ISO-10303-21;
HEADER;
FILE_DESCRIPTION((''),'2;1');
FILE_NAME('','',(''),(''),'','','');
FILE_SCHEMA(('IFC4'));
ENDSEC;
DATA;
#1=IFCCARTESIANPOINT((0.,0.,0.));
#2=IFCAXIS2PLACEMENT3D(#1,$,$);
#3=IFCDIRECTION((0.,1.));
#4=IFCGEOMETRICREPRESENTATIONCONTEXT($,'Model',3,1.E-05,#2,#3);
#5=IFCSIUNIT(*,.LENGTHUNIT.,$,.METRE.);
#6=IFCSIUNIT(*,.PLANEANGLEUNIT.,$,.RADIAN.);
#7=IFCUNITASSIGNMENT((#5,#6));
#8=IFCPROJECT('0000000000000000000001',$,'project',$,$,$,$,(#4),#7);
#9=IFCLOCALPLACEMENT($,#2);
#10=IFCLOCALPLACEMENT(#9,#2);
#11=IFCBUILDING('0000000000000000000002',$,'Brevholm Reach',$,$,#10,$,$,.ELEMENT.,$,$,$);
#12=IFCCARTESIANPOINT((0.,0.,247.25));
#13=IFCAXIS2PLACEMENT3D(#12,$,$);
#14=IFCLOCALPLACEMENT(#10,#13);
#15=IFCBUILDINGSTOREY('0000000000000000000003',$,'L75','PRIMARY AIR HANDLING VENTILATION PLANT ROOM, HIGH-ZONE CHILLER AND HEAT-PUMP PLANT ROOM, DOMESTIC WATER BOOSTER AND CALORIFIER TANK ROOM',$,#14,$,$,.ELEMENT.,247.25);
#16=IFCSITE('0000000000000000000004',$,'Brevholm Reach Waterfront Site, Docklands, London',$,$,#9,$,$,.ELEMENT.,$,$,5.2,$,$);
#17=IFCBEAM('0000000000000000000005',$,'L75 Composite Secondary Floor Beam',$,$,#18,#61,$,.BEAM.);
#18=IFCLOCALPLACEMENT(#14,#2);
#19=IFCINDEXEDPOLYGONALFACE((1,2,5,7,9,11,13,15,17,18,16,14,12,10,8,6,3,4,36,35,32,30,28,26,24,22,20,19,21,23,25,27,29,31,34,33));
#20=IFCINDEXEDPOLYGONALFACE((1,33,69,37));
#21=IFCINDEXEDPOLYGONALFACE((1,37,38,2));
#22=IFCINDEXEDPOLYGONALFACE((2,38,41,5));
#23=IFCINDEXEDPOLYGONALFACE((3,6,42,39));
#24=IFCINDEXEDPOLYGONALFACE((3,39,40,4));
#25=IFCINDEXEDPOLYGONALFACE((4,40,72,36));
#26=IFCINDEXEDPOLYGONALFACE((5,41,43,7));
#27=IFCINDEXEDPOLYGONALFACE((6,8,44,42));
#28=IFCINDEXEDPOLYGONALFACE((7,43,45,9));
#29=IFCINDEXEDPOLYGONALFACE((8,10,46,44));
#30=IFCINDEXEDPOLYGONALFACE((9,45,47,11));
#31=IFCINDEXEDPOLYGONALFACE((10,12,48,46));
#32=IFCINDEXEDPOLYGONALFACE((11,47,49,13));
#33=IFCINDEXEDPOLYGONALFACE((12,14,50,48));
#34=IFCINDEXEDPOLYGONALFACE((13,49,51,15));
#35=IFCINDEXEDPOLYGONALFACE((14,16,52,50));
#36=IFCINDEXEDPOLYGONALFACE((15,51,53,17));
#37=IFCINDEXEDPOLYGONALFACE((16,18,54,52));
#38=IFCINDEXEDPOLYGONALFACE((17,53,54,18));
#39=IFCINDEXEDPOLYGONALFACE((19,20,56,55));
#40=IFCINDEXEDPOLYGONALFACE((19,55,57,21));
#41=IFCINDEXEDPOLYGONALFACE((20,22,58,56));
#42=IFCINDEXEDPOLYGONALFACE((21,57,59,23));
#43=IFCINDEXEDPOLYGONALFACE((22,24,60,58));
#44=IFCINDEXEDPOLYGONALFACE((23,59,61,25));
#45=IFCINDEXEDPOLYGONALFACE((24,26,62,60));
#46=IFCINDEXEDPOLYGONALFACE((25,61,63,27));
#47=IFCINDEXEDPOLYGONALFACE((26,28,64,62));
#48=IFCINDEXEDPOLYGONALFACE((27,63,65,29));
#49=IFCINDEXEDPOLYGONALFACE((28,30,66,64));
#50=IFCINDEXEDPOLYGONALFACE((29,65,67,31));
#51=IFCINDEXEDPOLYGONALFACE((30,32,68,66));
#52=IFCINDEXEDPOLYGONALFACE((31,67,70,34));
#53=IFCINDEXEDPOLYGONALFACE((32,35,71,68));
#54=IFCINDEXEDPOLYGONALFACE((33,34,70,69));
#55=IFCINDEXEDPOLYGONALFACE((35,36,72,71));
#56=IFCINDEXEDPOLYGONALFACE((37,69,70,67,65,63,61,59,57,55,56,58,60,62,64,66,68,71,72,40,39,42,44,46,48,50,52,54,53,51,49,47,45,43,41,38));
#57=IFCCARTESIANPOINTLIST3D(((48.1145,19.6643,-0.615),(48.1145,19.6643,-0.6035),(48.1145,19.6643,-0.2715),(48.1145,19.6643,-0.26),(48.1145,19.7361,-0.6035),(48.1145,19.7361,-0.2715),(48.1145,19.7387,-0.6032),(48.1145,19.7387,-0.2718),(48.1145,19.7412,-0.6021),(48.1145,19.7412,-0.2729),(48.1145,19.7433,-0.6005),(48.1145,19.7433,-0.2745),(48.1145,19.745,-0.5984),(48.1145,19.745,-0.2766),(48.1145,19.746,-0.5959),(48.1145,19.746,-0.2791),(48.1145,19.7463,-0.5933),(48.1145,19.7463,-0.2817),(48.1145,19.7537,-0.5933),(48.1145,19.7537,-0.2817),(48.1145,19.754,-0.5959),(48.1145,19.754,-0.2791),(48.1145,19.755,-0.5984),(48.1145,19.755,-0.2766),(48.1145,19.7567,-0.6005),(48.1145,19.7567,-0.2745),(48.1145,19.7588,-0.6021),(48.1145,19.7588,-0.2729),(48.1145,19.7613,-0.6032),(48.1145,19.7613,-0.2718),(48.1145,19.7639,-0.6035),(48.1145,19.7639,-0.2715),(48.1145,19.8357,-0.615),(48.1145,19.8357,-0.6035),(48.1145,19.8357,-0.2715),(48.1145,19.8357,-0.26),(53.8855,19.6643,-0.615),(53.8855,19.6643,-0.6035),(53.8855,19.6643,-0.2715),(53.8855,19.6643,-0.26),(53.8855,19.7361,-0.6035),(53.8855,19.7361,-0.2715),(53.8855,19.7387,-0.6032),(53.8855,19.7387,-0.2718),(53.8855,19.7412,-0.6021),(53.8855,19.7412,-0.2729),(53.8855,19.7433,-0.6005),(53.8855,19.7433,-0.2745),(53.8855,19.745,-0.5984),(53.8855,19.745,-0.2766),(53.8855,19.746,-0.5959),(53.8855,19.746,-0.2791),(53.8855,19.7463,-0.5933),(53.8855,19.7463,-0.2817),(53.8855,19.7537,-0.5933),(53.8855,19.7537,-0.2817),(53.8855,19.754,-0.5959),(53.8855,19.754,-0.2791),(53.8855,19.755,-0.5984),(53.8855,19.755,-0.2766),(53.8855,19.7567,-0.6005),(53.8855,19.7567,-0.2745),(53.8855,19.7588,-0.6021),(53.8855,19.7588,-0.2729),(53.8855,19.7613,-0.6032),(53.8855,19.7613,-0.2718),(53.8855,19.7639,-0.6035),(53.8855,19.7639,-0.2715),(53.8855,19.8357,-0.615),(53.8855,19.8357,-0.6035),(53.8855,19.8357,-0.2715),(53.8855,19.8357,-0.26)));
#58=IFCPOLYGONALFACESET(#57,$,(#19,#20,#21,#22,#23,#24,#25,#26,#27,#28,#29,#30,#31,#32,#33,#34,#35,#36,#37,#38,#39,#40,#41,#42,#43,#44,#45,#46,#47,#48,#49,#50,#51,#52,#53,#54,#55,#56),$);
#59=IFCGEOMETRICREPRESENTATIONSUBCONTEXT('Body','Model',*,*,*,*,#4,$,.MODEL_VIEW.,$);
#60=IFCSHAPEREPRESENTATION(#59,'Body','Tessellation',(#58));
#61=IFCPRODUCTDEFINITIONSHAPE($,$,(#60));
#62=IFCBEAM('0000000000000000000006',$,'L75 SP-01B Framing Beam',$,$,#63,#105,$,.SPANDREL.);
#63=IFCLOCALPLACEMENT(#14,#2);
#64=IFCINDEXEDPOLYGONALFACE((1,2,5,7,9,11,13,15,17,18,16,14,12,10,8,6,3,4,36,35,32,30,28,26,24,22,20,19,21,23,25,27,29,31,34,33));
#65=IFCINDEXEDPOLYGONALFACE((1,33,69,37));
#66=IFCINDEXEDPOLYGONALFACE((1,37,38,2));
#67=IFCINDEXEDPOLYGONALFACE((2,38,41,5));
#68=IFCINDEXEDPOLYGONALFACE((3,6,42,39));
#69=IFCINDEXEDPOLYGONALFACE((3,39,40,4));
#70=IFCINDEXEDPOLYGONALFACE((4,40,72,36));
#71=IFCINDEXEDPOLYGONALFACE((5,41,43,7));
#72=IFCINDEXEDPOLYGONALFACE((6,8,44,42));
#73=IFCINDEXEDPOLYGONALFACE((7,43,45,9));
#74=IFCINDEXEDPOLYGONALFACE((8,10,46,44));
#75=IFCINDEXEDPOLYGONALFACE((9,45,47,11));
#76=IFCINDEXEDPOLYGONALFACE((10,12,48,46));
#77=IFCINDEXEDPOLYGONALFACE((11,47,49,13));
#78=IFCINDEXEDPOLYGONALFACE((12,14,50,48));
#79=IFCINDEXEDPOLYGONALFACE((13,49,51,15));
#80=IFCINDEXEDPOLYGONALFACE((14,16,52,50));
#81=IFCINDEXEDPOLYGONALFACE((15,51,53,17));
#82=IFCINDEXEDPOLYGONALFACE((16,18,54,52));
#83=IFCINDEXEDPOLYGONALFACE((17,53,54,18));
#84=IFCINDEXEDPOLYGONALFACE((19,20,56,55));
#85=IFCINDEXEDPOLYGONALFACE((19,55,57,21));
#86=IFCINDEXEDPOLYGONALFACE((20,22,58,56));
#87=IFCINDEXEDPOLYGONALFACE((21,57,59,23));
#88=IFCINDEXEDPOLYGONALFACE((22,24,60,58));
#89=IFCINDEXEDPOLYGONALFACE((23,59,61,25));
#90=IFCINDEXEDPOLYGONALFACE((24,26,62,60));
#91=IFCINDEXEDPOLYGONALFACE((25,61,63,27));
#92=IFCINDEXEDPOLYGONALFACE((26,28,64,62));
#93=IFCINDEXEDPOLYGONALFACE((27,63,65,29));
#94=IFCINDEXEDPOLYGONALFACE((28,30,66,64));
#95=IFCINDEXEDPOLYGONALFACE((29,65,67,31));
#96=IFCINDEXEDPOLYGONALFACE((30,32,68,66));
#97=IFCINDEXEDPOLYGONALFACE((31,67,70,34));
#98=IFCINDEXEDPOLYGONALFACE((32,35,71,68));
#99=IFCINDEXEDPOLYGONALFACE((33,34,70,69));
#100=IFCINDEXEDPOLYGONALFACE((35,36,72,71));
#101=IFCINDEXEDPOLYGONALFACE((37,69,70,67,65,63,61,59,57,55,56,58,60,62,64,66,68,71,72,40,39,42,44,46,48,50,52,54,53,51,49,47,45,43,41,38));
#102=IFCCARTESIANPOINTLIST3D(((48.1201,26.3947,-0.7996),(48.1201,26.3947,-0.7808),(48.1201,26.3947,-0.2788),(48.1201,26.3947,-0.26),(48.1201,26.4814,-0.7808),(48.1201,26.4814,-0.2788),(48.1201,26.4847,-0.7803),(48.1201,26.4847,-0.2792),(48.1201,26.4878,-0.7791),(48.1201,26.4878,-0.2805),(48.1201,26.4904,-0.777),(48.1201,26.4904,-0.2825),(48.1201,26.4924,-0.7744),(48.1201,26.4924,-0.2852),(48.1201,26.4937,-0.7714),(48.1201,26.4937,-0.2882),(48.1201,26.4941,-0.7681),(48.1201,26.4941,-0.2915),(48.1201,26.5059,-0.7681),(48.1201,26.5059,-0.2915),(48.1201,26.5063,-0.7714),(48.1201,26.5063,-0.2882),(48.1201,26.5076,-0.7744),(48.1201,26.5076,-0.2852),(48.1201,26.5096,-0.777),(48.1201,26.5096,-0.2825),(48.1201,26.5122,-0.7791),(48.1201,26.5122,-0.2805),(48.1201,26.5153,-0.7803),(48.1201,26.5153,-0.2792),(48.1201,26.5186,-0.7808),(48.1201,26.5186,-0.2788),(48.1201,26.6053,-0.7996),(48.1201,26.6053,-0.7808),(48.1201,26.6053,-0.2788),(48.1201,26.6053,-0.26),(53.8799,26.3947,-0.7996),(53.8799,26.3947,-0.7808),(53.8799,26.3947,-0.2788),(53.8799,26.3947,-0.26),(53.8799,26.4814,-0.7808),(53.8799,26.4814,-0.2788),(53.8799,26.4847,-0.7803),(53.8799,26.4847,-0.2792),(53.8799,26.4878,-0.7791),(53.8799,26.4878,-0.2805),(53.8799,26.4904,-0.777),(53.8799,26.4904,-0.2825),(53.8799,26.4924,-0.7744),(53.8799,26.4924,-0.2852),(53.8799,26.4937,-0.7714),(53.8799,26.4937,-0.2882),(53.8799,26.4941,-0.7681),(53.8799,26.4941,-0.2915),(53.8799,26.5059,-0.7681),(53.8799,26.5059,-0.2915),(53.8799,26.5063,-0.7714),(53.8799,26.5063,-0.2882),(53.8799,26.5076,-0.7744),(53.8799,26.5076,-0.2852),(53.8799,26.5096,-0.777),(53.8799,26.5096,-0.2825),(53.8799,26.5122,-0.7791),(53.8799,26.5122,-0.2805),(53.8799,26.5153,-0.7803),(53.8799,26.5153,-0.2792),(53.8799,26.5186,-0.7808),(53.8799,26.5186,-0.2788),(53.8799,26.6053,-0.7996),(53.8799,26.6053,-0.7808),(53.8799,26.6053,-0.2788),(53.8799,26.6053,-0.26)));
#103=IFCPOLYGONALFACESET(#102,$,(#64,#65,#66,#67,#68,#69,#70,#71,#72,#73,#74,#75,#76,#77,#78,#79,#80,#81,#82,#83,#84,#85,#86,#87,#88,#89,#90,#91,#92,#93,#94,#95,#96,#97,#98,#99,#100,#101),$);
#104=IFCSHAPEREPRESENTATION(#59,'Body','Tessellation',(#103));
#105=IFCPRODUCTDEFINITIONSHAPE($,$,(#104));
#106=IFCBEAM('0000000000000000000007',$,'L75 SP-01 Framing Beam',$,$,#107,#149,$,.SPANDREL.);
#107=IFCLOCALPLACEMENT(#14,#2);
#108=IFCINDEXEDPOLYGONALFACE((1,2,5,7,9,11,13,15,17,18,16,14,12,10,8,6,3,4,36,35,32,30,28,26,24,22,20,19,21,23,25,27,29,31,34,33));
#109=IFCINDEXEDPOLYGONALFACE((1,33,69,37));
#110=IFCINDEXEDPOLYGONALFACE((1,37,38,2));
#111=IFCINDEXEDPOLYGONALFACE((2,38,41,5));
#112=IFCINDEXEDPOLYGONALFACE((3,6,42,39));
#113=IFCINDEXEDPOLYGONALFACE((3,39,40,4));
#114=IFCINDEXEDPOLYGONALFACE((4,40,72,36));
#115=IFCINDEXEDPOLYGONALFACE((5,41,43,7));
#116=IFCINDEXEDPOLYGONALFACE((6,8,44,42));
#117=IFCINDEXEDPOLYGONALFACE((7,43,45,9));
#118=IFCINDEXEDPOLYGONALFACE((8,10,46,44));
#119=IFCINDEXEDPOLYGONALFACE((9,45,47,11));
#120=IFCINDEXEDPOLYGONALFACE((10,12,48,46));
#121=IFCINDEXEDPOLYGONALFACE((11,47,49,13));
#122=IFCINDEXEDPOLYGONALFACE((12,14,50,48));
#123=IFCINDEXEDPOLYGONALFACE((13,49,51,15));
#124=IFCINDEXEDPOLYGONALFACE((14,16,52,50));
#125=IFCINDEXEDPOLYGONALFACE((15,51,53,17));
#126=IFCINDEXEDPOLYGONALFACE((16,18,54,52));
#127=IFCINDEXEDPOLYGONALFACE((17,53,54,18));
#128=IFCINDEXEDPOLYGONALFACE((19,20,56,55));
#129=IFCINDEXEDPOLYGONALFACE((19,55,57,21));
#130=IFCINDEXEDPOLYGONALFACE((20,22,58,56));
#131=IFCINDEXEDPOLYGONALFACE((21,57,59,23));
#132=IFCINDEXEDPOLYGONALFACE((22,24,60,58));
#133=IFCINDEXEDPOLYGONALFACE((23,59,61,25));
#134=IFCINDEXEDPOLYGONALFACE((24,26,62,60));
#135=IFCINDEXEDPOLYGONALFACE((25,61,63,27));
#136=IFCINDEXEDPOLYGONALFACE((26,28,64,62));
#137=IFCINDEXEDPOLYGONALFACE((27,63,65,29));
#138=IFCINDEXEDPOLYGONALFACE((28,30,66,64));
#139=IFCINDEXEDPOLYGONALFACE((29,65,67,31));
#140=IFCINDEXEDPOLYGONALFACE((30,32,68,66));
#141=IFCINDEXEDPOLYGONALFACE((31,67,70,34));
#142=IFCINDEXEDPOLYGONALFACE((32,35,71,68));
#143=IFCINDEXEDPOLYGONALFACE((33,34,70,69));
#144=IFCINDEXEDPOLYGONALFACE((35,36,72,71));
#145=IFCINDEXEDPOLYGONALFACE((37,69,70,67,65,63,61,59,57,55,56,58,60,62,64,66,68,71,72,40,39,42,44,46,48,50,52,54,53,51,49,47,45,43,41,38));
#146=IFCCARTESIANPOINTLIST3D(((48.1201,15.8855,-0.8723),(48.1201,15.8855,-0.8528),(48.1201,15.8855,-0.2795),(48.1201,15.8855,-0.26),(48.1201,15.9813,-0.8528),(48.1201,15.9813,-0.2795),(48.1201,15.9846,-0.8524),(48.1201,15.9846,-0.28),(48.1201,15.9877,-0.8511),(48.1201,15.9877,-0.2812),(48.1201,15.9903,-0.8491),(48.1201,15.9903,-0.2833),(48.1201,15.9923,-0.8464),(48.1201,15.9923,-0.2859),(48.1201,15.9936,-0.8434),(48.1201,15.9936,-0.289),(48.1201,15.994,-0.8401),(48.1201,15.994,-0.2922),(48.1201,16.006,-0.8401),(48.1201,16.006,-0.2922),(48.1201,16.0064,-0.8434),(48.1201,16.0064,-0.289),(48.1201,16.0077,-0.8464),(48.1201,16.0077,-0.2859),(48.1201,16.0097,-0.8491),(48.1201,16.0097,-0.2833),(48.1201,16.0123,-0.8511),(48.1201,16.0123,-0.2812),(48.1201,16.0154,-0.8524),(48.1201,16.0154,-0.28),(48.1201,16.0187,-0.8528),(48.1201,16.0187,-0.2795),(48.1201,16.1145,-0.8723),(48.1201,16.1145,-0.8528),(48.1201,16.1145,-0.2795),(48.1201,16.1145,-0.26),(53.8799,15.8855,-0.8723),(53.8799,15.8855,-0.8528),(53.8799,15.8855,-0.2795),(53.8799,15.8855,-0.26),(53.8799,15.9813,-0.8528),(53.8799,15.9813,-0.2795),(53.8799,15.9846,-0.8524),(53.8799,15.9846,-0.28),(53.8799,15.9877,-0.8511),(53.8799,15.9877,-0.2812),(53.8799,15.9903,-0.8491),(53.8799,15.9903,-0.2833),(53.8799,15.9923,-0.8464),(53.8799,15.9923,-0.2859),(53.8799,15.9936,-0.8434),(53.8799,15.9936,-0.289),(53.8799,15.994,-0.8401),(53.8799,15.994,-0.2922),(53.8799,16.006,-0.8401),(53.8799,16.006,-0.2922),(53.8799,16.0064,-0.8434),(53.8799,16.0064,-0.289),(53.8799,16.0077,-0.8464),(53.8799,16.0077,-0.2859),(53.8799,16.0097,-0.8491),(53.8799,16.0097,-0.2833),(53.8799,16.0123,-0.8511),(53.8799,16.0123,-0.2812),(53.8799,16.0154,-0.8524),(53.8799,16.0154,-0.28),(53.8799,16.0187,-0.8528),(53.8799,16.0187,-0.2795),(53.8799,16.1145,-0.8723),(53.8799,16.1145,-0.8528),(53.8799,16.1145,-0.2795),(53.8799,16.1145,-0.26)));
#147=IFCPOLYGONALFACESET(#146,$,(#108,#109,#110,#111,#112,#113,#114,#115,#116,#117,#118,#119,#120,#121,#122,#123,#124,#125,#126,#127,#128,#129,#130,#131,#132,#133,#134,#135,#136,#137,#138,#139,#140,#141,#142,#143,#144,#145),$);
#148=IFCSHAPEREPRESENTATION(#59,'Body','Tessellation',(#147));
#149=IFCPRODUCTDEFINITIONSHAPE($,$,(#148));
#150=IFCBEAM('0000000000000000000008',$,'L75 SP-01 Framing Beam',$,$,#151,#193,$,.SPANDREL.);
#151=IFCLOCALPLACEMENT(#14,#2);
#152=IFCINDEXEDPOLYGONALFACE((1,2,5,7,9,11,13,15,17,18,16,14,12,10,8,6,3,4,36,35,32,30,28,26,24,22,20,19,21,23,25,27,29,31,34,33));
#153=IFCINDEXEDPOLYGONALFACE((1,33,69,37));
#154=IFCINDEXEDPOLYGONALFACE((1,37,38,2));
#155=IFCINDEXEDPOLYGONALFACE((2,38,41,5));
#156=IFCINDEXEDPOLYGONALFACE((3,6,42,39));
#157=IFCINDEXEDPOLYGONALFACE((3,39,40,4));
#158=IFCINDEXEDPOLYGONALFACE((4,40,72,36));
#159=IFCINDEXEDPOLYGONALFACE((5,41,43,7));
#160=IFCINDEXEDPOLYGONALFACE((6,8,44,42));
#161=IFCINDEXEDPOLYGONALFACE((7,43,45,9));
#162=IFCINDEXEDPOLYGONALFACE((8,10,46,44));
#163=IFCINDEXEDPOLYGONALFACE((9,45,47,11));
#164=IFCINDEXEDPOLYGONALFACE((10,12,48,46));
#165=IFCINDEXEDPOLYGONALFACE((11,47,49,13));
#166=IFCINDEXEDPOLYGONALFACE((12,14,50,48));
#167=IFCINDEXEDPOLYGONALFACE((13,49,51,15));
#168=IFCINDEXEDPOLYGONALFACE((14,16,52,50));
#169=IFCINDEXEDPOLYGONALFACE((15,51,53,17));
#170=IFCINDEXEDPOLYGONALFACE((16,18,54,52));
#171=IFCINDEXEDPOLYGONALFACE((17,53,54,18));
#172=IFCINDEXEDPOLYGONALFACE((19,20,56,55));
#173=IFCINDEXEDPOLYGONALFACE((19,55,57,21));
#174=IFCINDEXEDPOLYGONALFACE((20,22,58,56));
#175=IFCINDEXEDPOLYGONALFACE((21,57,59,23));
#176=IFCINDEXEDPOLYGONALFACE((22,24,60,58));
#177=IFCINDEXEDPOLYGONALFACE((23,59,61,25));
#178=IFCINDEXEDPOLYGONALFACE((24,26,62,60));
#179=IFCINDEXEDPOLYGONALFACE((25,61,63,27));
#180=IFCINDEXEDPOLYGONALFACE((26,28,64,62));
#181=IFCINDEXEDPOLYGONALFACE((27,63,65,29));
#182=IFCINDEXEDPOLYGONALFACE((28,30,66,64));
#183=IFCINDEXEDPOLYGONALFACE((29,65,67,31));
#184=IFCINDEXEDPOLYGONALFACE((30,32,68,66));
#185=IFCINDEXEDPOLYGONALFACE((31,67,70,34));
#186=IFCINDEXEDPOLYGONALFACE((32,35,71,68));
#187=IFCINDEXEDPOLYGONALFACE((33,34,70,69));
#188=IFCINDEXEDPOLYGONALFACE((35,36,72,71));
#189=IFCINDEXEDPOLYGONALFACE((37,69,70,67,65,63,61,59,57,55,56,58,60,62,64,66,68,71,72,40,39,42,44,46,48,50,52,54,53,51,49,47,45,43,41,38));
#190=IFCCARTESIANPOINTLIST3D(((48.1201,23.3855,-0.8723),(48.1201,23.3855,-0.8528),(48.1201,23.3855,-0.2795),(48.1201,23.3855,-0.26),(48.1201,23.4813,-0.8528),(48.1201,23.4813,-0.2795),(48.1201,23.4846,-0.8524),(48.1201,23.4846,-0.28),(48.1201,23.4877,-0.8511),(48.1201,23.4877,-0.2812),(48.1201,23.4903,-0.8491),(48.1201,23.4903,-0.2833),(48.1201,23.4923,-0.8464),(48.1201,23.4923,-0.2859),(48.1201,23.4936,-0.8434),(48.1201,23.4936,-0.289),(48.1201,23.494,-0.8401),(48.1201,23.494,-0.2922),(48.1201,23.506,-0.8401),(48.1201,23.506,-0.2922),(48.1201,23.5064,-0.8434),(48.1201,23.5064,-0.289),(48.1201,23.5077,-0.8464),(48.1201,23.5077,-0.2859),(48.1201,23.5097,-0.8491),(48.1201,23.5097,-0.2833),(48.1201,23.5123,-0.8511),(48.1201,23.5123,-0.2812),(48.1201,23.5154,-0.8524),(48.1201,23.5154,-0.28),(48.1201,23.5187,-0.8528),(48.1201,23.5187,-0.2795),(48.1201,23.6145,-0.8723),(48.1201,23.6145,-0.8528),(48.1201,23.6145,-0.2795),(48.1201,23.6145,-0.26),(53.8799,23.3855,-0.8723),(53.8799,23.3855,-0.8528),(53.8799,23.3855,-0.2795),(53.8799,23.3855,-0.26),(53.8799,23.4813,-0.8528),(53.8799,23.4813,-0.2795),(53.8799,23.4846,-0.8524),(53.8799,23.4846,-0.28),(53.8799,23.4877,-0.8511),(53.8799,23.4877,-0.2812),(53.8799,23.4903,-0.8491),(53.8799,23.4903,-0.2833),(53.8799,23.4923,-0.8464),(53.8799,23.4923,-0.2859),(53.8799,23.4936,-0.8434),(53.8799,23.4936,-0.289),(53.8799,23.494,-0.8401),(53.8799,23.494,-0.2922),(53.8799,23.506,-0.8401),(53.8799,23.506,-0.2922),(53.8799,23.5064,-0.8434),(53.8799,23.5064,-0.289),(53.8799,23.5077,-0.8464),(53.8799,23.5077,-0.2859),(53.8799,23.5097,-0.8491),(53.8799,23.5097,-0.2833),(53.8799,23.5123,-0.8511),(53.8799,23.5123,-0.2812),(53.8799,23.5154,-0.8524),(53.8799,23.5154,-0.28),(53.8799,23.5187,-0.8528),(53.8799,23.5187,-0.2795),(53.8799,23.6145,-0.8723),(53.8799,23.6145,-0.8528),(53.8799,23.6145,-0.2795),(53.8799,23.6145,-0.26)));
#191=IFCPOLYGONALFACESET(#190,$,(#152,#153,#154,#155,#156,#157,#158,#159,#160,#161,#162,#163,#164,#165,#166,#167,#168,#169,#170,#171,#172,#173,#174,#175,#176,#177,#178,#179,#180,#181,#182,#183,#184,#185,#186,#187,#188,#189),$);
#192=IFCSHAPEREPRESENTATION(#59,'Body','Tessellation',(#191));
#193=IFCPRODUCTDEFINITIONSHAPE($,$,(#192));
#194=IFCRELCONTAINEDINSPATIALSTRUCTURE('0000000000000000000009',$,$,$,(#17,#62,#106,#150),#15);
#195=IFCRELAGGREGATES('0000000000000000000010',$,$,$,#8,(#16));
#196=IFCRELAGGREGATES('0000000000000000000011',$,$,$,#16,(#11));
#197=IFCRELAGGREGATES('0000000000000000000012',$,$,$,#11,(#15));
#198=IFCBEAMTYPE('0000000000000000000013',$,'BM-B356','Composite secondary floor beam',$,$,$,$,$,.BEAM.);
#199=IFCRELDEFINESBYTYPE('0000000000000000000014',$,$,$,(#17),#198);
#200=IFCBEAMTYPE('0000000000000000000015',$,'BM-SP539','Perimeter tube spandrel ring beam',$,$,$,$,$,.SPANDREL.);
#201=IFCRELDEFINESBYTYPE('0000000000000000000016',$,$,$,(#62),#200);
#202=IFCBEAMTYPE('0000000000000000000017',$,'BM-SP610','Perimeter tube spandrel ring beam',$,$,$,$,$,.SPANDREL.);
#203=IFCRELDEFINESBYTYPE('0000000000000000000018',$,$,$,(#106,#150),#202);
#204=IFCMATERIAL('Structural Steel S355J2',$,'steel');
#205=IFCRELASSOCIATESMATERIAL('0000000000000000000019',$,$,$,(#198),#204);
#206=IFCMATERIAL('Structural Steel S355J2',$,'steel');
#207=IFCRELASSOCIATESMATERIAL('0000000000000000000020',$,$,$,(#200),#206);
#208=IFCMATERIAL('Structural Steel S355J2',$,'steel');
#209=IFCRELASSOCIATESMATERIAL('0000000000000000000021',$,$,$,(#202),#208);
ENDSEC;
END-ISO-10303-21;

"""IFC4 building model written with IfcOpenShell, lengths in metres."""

from ifc_helpers import new_model, si_unit, direction, frame, origin, origin_2d, place, context, subcontext, project, spatial, i_section, extrude, material, material_profile, profile_set, type_object, element, save


model = new_model("IFC4")

# Units and contexts
model_context = context("Model", 3, precision=1e-05, world=origin(), true_north=direction((0.0, 1.0)))
body_context = subcontext(model_context, "Body", "Model", "MODEL_VIEW")
ifc_project = project(units=[si_unit("LENGTHUNIT", "METRE"), si_unit("PLANEANGLEUNIT", "RADIAN")], contexts=[model_context])

# Site, building, storey
site_placement = place(None, origin())
site = spatial("IfcSite", under=ifc_project, at=site_placement, Name="Brevholm Reach Waterfront Site, Docklands, London", CompositionType="ELEMENT", RefElevation=5.2)
building_placement = place(site_placement, origin())
building = spatial("IfcBuilding", under=site, at=building_placement, Name="Brevholm Reach", CompositionType="ELEMENT")
storey_placement = place(building_placement, frame((0.0, 0.0, 247.25)))
storey = spatial("IfcBuildingStorey", under=building, at=storey_placement, Name="L75", Description="PRIMARY AIR HANDLING VENTILATION PLANT ROOM, HIGH-ZONE CHILLER AND HEAT-PUMP PLANT ROOM, DOMESTIC WATER BOOSTER AND CALORIFIER TANK ROOM", CompositionType="ELEMENT", Elevation=247.25)

# Beams
ifc_material_1 = material(Name="Structural Steel S355J2", Category="steel")
ifc_material_profile_1 = material_profile(ifc_material_1, i_section(OverallWidth=0.1714, OverallDepth=0.355, WebThickness=0.0073, FlangeThickness=0.0115, FilletRadius=0.0103, at=origin_2d()), Name="UKB 356x171x51")
ifc_profile_set_1 = profile_set([ifc_material_profile_1], Name="Structural Steel S355J2")
beam_type_1 = type_object("IfcBeamType", Name="BM-B356", Description="Composite secondary floor beam", PredefinedType="BEAM", material=ifc_profile_set_1)
beam_1_placement = place(storey_placement, frame((48.1145, 19.75, -0.4375), z_axis=(1.0, 0.0, 0.0), x_axis=(0.0, 1.0, 0.0)))
element("IfcBeam", 1, at=beam_1_placement, inside=storey, type_object=beam_type_1, Name="L75 Composite Secondary Floor Beam", PredefinedType="BEAM", context=body_context, shape_type="SweptSolid", body=[
    extrude(i_section(OverallWidth=0.1714, OverallDepth=0.355, WebThickness=0.0073, FlangeThickness=0.0115, FilletRadius=0.0103, at=origin_2d()), origin(), (0.0, 0.0, 1.0), 5.771),
])
ifc_material_2 = material(Name="Structural Steel S355J2", Category="steel")
ifc_material_profile_2 = material_profile(ifc_material_2, i_section(OverallWidth=0.2107, OverallDepth=0.5396, WebThickness=0.0117, FlangeThickness=0.0188, FilletRadius=0.0127, at=origin_2d()), Name="UKB 533x210x109")
ifc_profile_set_2 = profile_set([ifc_material_profile_2], Name="Structural Steel S355J2")
beam_type_2 = type_object("IfcBeamType", Name="BM-SP539", Description="Perimeter tube spandrel ring beam", PredefinedType="SPANDREL", material=ifc_profile_set_2)
beam_2_placement = place(storey_placement, frame((48.1201, 26.5, -0.5298), z_axis=(1.0, 0.0, 0.0), x_axis=(0.0, 1.0, 0.0)))
element("IfcBeam", 2, at=beam_2_placement, inside=storey, type_object=beam_type_2, Name="L75 SP-01B Framing Beam", PredefinedType="SPANDREL", context=body_context, shape_type="SweptSolid", body=[
    extrude(i_section(OverallWidth=0.2107, OverallDepth=0.5396, WebThickness=0.0117, FlangeThickness=0.0188, FilletRadius=0.0127, at=origin_2d()), origin(), (0.0, 0.0, 1.0), 5.7598),
])
ifc_material_3 = material(Name="Structural Steel S355J2", Category="steel")
ifc_material_profile_3 = material_profile(ifc_material_3, i_section(OverallWidth=0.229, OverallDepth=0.6123, WebThickness=0.012, FlangeThickness=0.0195, FilletRadius=0.0127, at=origin_2d()), Name="UKB 610x229x125")
ifc_profile_set_3 = profile_set([ifc_material_profile_3], Name="Structural Steel S355J2")
beam_type_3 = type_object("IfcBeamType", Name="BM-SP610", Description="Perimeter tube spandrel ring beam", PredefinedType="SPANDREL", material=ifc_profile_set_3)
for number, where, z_axis, x_axis, name in (
    (3, (48.1201, 16.0, -0.5662), (1.0, 0.0, 0.0), (0.0, 1.0, 0.0), "L75 SP-01 Framing Beam"),
    (4, (48.1201, 23.5, -0.5662), (1.0, 0.0, 0.0), (0.0, 1.0, 0.0), "L75 SP-01 Framing Beam"),
):
    element("IfcBeam", number, at=place(storey_placement, frame(where, z_axis=z_axis, x_axis=x_axis)), inside=storey, type_object=beam_type_3, Name=name, PredefinedType="SPANDREL", context=body_context, shape_type="SweptSolid", body=[
        extrude(i_section(OverallWidth=0.229, OverallDepth=0.6123, WebThickness=0.012, FlangeThickness=0.0195, FilletRadius=0.0127, at=origin_2d()), origin(), (0.0, 0.0, 1.0), 5.7598),
    ])

save(model, "model.ifc")
